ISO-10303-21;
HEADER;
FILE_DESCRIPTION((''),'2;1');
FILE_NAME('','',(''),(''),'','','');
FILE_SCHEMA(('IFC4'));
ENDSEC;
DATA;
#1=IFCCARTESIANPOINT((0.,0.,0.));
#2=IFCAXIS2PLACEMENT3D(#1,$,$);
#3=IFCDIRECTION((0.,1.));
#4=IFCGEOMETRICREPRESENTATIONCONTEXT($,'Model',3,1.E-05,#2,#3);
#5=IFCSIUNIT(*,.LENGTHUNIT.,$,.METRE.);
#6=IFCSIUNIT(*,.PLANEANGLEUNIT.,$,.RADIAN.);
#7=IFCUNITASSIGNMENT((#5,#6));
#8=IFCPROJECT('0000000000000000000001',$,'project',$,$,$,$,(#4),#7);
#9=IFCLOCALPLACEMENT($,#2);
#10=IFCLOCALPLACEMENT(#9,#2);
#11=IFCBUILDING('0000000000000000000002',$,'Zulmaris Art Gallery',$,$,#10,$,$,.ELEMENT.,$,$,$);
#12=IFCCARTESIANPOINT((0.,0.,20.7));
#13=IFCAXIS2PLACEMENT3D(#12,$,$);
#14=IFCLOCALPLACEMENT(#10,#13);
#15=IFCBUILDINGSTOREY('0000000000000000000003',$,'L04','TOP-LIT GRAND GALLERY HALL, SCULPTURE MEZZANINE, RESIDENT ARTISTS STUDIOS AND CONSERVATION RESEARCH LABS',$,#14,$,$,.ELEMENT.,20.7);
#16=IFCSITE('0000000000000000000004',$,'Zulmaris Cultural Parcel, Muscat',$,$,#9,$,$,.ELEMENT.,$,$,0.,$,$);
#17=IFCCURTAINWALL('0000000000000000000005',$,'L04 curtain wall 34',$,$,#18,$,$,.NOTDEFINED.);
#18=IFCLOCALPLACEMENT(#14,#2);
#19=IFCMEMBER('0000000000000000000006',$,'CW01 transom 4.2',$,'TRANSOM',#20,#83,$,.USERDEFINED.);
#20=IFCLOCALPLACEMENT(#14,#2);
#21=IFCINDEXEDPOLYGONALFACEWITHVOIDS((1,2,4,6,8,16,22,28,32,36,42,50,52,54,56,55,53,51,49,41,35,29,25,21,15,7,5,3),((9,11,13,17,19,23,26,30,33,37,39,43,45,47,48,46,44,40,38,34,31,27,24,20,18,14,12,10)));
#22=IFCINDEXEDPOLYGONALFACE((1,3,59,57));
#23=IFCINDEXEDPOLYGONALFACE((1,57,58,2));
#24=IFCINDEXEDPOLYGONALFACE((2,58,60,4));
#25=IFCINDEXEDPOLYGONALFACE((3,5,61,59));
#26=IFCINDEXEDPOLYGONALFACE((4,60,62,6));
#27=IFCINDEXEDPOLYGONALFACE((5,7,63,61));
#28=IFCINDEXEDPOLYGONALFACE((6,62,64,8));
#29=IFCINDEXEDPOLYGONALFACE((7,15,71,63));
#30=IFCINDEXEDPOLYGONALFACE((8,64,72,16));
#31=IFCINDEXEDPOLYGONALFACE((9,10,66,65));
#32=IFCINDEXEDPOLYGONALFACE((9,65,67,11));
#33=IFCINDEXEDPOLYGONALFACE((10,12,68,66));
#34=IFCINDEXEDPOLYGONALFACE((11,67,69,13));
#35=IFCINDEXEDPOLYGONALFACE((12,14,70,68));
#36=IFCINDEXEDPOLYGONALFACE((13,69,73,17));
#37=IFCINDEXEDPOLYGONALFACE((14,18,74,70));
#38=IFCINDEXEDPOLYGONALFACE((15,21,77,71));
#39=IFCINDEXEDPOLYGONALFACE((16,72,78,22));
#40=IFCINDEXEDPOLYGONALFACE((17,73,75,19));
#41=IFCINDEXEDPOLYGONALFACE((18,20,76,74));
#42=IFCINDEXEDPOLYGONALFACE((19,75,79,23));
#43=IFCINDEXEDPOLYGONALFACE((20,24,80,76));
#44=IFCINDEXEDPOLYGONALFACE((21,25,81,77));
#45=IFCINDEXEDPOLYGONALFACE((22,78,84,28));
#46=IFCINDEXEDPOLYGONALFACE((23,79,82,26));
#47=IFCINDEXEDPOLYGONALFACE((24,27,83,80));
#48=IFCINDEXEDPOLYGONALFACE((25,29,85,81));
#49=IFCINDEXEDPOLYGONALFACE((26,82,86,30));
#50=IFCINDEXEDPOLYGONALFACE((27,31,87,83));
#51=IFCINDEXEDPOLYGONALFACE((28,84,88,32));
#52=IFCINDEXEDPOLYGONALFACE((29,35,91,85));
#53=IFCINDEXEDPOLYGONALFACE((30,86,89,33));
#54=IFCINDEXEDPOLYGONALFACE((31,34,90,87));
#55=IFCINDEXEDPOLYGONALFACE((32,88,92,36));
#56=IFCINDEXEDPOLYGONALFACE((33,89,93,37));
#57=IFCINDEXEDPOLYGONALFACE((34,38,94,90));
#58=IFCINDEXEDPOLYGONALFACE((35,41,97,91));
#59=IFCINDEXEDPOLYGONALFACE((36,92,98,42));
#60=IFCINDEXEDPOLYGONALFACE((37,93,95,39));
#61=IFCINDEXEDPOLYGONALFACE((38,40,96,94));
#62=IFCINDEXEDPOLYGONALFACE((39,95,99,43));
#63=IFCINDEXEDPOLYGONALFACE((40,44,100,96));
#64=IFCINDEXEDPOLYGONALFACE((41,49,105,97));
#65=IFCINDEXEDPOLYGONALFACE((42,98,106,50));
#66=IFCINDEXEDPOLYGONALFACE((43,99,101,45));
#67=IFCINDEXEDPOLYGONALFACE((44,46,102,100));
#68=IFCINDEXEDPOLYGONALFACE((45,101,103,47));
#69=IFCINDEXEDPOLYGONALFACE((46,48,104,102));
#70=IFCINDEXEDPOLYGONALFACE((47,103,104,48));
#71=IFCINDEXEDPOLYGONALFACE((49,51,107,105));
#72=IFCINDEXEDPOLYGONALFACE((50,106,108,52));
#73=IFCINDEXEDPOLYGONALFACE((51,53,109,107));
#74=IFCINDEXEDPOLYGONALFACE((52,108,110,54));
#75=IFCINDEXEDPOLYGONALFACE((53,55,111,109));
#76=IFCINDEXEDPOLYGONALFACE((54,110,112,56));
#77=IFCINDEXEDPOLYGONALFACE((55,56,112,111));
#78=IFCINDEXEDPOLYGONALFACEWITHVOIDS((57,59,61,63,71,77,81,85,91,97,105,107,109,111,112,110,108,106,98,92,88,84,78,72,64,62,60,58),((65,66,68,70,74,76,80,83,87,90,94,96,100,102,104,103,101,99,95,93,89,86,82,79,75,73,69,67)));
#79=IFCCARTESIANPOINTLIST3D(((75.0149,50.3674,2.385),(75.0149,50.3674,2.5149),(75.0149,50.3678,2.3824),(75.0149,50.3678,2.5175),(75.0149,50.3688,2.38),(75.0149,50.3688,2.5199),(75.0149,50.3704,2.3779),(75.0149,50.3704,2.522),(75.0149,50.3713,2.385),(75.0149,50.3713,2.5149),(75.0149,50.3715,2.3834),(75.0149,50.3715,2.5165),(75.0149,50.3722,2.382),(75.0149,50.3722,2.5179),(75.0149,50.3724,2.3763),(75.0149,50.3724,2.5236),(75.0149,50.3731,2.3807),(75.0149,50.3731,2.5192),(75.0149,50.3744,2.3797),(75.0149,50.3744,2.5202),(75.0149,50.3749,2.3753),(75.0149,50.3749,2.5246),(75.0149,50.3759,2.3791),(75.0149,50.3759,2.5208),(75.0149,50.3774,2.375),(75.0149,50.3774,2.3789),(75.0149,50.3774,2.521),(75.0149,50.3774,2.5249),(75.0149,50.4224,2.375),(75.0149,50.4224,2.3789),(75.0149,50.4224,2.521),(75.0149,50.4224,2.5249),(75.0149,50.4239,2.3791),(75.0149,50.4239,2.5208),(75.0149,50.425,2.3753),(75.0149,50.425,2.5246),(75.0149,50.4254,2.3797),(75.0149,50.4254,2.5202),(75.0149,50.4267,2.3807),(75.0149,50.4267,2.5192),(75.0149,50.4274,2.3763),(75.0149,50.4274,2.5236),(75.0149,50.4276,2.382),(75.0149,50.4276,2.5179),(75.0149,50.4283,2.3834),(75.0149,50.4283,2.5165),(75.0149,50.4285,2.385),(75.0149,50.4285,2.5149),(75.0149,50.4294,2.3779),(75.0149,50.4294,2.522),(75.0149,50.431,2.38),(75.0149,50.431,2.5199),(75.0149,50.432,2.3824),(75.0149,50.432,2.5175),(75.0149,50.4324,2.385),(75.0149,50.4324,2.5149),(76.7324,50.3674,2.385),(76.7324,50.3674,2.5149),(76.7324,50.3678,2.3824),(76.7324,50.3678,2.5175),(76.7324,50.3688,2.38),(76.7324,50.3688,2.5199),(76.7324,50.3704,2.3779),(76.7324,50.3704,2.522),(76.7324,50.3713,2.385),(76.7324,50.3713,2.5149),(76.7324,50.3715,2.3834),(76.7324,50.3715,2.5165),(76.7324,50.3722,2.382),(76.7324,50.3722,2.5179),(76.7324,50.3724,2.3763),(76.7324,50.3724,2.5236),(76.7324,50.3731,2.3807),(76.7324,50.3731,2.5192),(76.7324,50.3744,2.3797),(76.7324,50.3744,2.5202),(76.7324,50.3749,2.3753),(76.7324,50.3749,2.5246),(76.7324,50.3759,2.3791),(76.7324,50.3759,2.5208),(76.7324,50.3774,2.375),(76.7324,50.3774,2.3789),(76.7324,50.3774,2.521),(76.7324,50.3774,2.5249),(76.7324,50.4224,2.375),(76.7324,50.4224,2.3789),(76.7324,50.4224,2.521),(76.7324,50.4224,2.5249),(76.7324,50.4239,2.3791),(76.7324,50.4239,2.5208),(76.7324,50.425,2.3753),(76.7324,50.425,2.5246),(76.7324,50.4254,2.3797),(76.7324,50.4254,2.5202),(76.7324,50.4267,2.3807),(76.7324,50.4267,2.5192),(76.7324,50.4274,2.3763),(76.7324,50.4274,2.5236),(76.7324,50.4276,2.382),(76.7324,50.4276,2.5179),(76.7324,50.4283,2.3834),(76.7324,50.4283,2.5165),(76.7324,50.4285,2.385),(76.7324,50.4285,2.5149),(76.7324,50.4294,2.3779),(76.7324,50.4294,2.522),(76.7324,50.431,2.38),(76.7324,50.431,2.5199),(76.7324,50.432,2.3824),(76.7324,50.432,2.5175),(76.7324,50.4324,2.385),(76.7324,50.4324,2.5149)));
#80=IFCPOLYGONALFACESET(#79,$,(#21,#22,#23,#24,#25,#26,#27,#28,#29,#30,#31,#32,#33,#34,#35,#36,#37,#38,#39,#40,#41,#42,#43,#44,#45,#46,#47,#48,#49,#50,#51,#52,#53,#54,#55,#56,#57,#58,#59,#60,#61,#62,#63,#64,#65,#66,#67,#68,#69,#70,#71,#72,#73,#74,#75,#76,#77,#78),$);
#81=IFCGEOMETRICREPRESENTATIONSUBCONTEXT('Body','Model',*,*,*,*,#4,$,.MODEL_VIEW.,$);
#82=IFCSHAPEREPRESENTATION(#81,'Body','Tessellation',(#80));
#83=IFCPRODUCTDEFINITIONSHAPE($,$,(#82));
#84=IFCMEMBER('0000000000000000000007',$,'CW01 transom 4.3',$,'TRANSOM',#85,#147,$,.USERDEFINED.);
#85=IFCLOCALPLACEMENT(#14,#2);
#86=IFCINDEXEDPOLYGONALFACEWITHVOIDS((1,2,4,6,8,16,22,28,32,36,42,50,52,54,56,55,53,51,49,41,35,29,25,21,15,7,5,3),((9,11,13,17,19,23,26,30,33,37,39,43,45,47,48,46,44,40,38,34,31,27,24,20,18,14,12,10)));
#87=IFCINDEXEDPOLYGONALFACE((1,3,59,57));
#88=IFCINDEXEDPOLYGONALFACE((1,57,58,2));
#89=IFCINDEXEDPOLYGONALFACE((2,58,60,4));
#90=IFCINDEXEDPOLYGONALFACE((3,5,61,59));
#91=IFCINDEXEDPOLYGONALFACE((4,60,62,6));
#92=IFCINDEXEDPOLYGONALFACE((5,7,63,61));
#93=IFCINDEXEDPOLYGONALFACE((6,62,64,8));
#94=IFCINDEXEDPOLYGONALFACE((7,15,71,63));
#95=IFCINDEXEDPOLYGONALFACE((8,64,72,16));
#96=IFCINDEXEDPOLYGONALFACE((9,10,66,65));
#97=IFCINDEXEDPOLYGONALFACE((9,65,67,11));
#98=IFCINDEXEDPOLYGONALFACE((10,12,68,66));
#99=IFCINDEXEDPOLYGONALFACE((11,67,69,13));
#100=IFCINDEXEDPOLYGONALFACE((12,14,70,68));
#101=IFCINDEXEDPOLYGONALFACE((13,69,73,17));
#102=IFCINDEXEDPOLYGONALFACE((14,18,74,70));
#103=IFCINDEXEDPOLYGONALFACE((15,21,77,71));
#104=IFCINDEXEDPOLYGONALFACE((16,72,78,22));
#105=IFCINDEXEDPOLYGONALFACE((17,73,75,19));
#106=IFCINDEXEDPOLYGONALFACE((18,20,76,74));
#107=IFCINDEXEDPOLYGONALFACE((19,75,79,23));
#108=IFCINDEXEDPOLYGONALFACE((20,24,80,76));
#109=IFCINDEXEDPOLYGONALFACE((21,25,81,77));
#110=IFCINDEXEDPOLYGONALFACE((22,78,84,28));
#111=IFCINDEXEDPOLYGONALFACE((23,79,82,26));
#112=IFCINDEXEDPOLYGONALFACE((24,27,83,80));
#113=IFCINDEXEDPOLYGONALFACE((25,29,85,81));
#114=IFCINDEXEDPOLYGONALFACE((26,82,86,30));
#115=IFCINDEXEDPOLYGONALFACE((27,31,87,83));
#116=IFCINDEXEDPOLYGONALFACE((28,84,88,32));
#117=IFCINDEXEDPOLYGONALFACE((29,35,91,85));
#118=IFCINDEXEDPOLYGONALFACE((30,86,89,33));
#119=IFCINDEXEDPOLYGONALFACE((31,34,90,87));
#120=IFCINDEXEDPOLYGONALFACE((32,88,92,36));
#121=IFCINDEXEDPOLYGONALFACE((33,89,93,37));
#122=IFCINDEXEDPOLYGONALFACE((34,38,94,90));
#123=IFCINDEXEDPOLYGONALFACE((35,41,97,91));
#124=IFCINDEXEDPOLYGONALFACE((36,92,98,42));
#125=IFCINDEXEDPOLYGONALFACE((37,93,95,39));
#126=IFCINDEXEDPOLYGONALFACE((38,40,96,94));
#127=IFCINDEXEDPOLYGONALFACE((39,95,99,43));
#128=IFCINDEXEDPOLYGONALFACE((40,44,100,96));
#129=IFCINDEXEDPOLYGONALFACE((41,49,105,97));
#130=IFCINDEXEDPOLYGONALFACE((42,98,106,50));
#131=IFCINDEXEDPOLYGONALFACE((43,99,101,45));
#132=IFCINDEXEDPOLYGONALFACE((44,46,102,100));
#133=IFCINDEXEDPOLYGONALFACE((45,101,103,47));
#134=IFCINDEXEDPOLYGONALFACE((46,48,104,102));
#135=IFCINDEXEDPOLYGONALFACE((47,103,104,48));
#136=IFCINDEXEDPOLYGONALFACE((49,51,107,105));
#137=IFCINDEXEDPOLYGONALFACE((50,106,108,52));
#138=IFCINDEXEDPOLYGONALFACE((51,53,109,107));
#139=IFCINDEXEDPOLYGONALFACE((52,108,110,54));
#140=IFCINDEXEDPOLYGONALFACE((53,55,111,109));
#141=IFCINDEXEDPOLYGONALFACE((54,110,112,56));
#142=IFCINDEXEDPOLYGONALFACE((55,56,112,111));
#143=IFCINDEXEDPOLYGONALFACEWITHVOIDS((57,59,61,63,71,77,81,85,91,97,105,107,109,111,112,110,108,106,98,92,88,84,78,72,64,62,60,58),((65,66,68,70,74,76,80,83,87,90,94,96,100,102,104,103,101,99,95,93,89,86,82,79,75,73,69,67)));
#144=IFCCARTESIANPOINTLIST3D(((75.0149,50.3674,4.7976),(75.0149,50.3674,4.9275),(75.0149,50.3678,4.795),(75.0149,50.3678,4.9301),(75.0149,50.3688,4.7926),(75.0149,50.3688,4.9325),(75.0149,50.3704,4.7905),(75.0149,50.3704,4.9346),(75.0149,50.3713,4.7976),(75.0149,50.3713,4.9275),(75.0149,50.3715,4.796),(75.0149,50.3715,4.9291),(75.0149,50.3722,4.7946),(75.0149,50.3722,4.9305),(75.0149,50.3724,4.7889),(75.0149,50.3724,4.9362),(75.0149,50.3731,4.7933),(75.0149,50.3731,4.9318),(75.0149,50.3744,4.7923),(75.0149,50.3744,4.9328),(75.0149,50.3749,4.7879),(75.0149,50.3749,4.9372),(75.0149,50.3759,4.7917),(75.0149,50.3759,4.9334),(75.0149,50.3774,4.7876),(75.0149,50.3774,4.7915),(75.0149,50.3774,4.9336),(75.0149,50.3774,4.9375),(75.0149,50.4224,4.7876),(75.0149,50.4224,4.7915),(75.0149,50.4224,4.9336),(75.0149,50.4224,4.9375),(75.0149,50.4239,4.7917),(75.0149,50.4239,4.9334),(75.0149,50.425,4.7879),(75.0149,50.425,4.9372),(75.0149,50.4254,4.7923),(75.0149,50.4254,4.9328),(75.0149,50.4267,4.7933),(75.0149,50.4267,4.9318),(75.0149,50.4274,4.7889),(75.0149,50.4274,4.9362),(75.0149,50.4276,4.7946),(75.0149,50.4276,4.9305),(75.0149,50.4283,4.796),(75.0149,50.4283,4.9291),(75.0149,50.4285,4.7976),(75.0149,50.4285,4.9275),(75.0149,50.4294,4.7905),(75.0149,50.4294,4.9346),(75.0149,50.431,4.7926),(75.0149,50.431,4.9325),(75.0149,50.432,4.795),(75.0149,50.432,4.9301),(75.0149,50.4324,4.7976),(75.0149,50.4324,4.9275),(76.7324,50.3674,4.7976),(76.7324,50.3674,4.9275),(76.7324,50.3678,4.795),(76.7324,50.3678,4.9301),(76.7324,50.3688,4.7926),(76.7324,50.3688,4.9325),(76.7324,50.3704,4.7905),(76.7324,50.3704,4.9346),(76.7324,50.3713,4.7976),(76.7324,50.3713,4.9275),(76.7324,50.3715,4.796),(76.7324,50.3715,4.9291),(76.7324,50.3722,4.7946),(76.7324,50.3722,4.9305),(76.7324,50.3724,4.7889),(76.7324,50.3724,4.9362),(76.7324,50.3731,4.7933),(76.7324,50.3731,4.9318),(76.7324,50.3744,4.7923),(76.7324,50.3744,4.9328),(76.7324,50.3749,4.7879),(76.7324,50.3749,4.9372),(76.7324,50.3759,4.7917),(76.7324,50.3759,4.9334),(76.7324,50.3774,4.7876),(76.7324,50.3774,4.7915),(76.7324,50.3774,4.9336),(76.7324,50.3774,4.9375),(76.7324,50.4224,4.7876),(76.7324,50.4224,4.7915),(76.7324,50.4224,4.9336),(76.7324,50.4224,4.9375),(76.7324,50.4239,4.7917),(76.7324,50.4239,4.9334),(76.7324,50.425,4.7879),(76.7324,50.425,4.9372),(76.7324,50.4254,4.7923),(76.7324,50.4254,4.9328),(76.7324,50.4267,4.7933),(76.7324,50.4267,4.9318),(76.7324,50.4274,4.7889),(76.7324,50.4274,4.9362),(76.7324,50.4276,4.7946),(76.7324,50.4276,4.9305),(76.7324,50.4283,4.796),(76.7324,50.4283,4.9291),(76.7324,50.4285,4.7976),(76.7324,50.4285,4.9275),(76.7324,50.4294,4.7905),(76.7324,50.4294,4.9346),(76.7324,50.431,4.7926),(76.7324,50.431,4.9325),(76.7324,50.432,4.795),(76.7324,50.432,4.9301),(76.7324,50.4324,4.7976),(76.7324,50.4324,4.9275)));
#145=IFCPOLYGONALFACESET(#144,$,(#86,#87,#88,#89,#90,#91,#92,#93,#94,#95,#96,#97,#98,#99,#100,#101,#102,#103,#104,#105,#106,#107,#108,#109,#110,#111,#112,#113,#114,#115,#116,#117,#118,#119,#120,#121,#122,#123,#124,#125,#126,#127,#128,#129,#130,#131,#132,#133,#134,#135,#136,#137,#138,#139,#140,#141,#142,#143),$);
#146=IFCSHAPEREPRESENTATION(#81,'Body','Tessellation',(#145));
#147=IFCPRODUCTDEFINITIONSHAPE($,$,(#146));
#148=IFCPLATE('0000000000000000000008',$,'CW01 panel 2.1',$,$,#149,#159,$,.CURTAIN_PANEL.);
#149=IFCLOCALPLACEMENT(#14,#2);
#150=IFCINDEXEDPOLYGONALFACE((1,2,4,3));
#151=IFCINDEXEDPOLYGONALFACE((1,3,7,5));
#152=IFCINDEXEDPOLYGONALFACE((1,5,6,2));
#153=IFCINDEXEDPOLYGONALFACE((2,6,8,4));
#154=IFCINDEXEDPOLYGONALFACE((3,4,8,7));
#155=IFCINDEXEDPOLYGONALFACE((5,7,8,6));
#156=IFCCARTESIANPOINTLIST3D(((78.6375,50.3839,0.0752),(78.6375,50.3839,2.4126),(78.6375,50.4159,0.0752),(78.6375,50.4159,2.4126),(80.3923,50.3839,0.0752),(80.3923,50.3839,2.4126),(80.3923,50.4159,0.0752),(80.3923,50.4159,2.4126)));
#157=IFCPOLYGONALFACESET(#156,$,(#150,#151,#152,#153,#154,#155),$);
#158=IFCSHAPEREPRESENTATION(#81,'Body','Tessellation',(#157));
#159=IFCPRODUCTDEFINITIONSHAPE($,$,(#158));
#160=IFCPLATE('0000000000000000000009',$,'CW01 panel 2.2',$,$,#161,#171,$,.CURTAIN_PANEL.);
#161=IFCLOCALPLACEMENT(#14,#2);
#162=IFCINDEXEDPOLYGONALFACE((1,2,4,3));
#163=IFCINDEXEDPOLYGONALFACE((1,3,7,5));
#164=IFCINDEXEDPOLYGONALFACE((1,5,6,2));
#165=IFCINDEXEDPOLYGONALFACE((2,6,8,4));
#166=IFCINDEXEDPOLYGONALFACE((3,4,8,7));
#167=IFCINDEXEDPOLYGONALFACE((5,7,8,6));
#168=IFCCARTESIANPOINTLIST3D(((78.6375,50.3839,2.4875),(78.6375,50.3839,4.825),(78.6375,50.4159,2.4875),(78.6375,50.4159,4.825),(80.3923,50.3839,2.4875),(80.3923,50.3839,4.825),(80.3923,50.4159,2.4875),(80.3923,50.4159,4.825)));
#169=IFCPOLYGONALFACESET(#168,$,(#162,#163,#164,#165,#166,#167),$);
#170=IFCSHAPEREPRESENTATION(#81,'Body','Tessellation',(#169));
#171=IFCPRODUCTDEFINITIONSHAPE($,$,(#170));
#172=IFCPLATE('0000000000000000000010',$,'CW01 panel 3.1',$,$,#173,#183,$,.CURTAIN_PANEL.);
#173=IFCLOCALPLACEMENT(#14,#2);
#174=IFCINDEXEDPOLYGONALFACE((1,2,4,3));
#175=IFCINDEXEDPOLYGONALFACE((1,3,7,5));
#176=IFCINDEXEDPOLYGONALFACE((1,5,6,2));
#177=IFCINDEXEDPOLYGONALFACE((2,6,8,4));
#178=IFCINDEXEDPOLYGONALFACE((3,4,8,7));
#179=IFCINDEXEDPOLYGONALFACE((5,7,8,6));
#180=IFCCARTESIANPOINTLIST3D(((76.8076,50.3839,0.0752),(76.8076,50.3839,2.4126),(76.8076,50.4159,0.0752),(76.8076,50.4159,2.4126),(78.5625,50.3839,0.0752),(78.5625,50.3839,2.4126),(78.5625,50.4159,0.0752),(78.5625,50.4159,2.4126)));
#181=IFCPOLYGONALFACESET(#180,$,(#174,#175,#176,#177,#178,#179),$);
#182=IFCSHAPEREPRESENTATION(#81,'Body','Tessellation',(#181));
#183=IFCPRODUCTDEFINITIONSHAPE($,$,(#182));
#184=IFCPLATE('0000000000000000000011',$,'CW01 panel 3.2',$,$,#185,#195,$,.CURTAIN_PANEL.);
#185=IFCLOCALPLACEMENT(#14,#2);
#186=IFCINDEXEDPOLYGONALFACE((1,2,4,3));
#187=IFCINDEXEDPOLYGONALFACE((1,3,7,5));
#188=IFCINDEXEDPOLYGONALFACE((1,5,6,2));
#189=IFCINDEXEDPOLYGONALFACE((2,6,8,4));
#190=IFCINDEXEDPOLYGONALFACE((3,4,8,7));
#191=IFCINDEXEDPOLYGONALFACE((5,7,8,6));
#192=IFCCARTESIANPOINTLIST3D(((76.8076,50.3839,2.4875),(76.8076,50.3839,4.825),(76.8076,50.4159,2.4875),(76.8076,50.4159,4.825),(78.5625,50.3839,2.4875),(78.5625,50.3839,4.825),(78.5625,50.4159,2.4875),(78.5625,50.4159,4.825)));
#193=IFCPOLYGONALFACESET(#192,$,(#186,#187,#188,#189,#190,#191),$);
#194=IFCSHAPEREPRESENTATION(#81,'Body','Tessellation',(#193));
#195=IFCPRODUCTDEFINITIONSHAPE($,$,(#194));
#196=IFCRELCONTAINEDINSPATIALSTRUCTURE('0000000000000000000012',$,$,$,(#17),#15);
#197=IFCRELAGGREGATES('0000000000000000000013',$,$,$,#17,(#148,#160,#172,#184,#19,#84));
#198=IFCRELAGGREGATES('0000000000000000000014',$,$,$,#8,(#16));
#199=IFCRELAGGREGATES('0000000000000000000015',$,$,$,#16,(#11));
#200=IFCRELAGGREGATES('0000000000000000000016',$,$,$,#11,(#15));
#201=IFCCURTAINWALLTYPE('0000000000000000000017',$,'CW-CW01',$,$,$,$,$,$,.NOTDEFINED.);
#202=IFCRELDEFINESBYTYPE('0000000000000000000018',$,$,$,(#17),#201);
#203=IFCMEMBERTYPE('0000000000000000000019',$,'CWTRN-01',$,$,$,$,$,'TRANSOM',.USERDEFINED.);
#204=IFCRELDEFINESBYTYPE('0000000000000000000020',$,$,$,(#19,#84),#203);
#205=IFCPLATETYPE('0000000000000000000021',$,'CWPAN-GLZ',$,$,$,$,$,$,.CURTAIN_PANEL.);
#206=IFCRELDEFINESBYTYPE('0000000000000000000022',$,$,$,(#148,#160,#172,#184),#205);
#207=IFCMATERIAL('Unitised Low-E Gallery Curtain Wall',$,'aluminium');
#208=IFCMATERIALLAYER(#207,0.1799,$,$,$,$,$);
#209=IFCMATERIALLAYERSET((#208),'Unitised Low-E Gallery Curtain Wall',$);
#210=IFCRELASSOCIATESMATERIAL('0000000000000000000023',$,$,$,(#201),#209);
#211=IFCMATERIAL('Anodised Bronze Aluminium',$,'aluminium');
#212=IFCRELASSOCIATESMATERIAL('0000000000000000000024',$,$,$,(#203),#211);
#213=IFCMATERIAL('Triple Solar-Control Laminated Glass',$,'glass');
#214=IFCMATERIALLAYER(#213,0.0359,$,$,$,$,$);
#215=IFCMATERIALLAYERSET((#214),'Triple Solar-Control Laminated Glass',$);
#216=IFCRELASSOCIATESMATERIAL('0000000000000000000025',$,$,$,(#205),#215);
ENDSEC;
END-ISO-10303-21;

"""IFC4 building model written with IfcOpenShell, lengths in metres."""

from ifc_helpers import new_model, si_unit, direction, frame, origin, origin_2d, place, context, subcontext, project, spatial, rectangle, hollow_rectangle, extrude, material, layer, layer_set, material_profile, profile_set, type_object, element, aggregate, save


model = new_model("IFC4")

# Units and contexts
model_context = context("Model", 3, precision=1e-05, world=origin(), true_north=direction((0.0, 1.0)))
body_context = subcontext(model_context, "Body", "Model", "MODEL_VIEW")
ifc_project = project(units=[si_unit("LENGTHUNIT", "METRE"), si_unit("PLANEANGLEUNIT", "RADIAN")], contexts=[model_context])

# Site, building, storey
site_placement = place(None, origin())
site = spatial("IfcSite", under=ifc_project, at=site_placement, Name="Zulmaris Cultural Parcel, Muscat", CompositionType="ELEMENT", RefElevation=0.0)
building_placement = place(site_placement, origin())
building = spatial("IfcBuilding", under=site, at=building_placement, Name="Zulmaris Art Gallery", CompositionType="ELEMENT")
storey_placement = place(building_placement, frame((0.0, 0.0, 20.7)))
storey = spatial("IfcBuildingStorey", under=building, at=storey_placement, Name="L04", Description="TOP-LIT GRAND GALLERY HALL, SCULPTURE MEZZANINE, RESIDENT ARTISTS STUDIOS AND CONSERVATION RESEARCH LABS", CompositionType="ELEMENT", Elevation=20.7)

# Shared definitions
ifc_material_1 = material(Name="Unitised Low-E Gallery Curtain Wall", Category="aluminium")
ifc_layer_1 = layer(ifc_material_1, 0.1799)
ifc_layer_set_1 = layer_set([ifc_layer_1], Name="Unitised Low-E Gallery Curtain Wall")
curtain_wall_type = type_object("IfcCurtainWallType", Name="CW-CW01", PredefinedType="NOTDEFINED", material=ifc_layer_set_1)
ifc_material_2 = material(Name="Anodised Bronze Aluminium", Category="aluminium")

# Curtain wall
curtain_wall_1_placement = place(storey_placement, origin())
curtain_wall_1 = element("IfcCurtainWall", 1, at=curtain_wall_1_placement, inside=storey, type_object=curtain_wall_type, Name="L04 curtain wall 34", PredefinedType="NOTDEFINED")

# Members
ifc_material_profile_1 = material_profile(ifc_material_2, hollow_rectangle(XDim=0.0649, YDim=0.1499, WallThickness=0.0039, InnerFilletRadius=0.0061, OuterFilletRadius=0.01, at=origin_2d()), Name="ALU 65x150x4")
ifc_profile_set_1 = profile_set([ifc_material_profile_1], Name="Anodised Bronze Aluminium")
member_type_1 = type_object("IfcMemberType", Name="CWTRN-01", ElementType="TRANSOM", PredefinedType="USERDEFINED", material=ifc_profile_set_1)
member_1_placement = place(storey_placement, frame((76.7324, 50.3999, 2.45), z_axis=(-1.0, 0.0, 0.0), x_axis=(0.0, -1.0, 0.0)))
member_1 = element("IfcMember", 2, at=member_1_placement, type_object=member_type_1, Name="CW01 transom 4.2", ObjectType="TRANSOM", PredefinedType="USERDEFINED", context=body_context, shape_type="SweptSolid", body=[
    extrude(hollow_rectangle(XDim=0.0649, YDim=0.1499, WallThickness=0.0039, InnerFilletRadius=0.0061, OuterFilletRadius=0.01, at=origin_2d()), origin(), (0.0, 0.0, 1.0), 1.7175),
])
member_2_placement = place(storey_placement, frame((76.7324, 50.3999, 4.8625), z_axis=(-1.0, 0.0, 0.0), x_axis=(0.0, -1.0, 0.0)))
member_2 = element("IfcMember", 3, at=member_2_placement, type_object=member_type_1, Name="CW01 transom 4.3", ObjectType="TRANSOM", PredefinedType="USERDEFINED", context=body_context, shape_type="SweptSolid", body=[
    extrude(hollow_rectangle(XDim=0.0649, YDim=0.1499, WallThickness=0.0039, InnerFilletRadius=0.0061, OuterFilletRadius=0.01, at=origin_2d()), origin(), (0.0, 0.0, 1.0), 1.7175),
])

# Plates
ifc_material_3 = material(Name="Triple Solar-Control Laminated Glass", Category="glass")
ifc_layer_2 = layer(ifc_material_3, 0.0359)
ifc_layer_set_2 = layer_set([ifc_layer_2], Name="Triple Solar-Control Laminated Glass")
plate_type = type_object("IfcPlateType", Name="CWPAN-GLZ", PredefinedType="CURTAIN_PANEL", material=ifc_layer_set_2)
plate_1_placement = place(storey_placement, frame((79.5149, 50.3999, 0.0752), z_axis=(0.0, 0.0, 1.0), x_axis=(-1.0, 0.0, 0.0)))
plate_1 = element("IfcPlate", 4, at=plate_1_placement, type_object=plate_type, Name="CW01 panel 2.1", PredefinedType="CURTAIN_PANEL", context=body_context, shape_type="SweptSolid", body=[
    extrude(rectangle(XDim=1.7549, YDim=0.032, at=origin_2d()), origin(), (0.0, 0.0, 1.0), 2.3374),
])
plate_2_placement = place(storey_placement, frame((79.5149, 50.3999, 2.4875), z_axis=(0.0, 0.0, 1.0), x_axis=(-1.0, 0.0, 0.0)))
plate_2 = element("IfcPlate", 5, at=plate_2_placement, type_object=plate_type, Name="CW01 panel 2.2", PredefinedType="CURTAIN_PANEL", context=body_context, shape_type="SweptSolid", body=[
    extrude(rectangle(XDim=1.7549, YDim=0.032, at=origin_2d()), origin(), (0.0, 0.0, 1.0), 2.3374),
])
plate_3_placement = place(storey_placement, frame((77.6851, 50.3999, 0.0752), z_axis=(0.0, 0.0, 1.0), x_axis=(-1.0, 0.0, 0.0)))
plate_3 = element("IfcPlate", 6, at=plate_3_placement, type_object=plate_type, Name="CW01 panel 3.1", PredefinedType="CURTAIN_PANEL", context=body_context, shape_type="SweptSolid", body=[
    extrude(rectangle(XDim=1.7549, YDim=0.032, at=origin_2d()), origin(), (0.0, 0.0, 1.0), 2.3374),
])
plate_4_placement = place(storey_placement, frame((77.6851, 50.3999, 2.4875), z_axis=(0.0, 0.0, 1.0), x_axis=(-1.0, 0.0, 0.0)))
plate_4 = element("IfcPlate", 7, at=plate_4_placement, type_object=plate_type, Name="CW01 panel 3.2", PredefinedType="CURTAIN_PANEL", context=body_context, shape_type="SweptSolid", body=[
    extrude(rectangle(XDim=1.7549, YDim=0.032, at=origin_2d()), origin(), (0.0, 0.0, 1.0), 2.3374),
])
aggregate(curtain_wall_1, [plate_1, plate_2, plate_3, plate_4, member_1, member_2])

save(model, "model.ifc")
